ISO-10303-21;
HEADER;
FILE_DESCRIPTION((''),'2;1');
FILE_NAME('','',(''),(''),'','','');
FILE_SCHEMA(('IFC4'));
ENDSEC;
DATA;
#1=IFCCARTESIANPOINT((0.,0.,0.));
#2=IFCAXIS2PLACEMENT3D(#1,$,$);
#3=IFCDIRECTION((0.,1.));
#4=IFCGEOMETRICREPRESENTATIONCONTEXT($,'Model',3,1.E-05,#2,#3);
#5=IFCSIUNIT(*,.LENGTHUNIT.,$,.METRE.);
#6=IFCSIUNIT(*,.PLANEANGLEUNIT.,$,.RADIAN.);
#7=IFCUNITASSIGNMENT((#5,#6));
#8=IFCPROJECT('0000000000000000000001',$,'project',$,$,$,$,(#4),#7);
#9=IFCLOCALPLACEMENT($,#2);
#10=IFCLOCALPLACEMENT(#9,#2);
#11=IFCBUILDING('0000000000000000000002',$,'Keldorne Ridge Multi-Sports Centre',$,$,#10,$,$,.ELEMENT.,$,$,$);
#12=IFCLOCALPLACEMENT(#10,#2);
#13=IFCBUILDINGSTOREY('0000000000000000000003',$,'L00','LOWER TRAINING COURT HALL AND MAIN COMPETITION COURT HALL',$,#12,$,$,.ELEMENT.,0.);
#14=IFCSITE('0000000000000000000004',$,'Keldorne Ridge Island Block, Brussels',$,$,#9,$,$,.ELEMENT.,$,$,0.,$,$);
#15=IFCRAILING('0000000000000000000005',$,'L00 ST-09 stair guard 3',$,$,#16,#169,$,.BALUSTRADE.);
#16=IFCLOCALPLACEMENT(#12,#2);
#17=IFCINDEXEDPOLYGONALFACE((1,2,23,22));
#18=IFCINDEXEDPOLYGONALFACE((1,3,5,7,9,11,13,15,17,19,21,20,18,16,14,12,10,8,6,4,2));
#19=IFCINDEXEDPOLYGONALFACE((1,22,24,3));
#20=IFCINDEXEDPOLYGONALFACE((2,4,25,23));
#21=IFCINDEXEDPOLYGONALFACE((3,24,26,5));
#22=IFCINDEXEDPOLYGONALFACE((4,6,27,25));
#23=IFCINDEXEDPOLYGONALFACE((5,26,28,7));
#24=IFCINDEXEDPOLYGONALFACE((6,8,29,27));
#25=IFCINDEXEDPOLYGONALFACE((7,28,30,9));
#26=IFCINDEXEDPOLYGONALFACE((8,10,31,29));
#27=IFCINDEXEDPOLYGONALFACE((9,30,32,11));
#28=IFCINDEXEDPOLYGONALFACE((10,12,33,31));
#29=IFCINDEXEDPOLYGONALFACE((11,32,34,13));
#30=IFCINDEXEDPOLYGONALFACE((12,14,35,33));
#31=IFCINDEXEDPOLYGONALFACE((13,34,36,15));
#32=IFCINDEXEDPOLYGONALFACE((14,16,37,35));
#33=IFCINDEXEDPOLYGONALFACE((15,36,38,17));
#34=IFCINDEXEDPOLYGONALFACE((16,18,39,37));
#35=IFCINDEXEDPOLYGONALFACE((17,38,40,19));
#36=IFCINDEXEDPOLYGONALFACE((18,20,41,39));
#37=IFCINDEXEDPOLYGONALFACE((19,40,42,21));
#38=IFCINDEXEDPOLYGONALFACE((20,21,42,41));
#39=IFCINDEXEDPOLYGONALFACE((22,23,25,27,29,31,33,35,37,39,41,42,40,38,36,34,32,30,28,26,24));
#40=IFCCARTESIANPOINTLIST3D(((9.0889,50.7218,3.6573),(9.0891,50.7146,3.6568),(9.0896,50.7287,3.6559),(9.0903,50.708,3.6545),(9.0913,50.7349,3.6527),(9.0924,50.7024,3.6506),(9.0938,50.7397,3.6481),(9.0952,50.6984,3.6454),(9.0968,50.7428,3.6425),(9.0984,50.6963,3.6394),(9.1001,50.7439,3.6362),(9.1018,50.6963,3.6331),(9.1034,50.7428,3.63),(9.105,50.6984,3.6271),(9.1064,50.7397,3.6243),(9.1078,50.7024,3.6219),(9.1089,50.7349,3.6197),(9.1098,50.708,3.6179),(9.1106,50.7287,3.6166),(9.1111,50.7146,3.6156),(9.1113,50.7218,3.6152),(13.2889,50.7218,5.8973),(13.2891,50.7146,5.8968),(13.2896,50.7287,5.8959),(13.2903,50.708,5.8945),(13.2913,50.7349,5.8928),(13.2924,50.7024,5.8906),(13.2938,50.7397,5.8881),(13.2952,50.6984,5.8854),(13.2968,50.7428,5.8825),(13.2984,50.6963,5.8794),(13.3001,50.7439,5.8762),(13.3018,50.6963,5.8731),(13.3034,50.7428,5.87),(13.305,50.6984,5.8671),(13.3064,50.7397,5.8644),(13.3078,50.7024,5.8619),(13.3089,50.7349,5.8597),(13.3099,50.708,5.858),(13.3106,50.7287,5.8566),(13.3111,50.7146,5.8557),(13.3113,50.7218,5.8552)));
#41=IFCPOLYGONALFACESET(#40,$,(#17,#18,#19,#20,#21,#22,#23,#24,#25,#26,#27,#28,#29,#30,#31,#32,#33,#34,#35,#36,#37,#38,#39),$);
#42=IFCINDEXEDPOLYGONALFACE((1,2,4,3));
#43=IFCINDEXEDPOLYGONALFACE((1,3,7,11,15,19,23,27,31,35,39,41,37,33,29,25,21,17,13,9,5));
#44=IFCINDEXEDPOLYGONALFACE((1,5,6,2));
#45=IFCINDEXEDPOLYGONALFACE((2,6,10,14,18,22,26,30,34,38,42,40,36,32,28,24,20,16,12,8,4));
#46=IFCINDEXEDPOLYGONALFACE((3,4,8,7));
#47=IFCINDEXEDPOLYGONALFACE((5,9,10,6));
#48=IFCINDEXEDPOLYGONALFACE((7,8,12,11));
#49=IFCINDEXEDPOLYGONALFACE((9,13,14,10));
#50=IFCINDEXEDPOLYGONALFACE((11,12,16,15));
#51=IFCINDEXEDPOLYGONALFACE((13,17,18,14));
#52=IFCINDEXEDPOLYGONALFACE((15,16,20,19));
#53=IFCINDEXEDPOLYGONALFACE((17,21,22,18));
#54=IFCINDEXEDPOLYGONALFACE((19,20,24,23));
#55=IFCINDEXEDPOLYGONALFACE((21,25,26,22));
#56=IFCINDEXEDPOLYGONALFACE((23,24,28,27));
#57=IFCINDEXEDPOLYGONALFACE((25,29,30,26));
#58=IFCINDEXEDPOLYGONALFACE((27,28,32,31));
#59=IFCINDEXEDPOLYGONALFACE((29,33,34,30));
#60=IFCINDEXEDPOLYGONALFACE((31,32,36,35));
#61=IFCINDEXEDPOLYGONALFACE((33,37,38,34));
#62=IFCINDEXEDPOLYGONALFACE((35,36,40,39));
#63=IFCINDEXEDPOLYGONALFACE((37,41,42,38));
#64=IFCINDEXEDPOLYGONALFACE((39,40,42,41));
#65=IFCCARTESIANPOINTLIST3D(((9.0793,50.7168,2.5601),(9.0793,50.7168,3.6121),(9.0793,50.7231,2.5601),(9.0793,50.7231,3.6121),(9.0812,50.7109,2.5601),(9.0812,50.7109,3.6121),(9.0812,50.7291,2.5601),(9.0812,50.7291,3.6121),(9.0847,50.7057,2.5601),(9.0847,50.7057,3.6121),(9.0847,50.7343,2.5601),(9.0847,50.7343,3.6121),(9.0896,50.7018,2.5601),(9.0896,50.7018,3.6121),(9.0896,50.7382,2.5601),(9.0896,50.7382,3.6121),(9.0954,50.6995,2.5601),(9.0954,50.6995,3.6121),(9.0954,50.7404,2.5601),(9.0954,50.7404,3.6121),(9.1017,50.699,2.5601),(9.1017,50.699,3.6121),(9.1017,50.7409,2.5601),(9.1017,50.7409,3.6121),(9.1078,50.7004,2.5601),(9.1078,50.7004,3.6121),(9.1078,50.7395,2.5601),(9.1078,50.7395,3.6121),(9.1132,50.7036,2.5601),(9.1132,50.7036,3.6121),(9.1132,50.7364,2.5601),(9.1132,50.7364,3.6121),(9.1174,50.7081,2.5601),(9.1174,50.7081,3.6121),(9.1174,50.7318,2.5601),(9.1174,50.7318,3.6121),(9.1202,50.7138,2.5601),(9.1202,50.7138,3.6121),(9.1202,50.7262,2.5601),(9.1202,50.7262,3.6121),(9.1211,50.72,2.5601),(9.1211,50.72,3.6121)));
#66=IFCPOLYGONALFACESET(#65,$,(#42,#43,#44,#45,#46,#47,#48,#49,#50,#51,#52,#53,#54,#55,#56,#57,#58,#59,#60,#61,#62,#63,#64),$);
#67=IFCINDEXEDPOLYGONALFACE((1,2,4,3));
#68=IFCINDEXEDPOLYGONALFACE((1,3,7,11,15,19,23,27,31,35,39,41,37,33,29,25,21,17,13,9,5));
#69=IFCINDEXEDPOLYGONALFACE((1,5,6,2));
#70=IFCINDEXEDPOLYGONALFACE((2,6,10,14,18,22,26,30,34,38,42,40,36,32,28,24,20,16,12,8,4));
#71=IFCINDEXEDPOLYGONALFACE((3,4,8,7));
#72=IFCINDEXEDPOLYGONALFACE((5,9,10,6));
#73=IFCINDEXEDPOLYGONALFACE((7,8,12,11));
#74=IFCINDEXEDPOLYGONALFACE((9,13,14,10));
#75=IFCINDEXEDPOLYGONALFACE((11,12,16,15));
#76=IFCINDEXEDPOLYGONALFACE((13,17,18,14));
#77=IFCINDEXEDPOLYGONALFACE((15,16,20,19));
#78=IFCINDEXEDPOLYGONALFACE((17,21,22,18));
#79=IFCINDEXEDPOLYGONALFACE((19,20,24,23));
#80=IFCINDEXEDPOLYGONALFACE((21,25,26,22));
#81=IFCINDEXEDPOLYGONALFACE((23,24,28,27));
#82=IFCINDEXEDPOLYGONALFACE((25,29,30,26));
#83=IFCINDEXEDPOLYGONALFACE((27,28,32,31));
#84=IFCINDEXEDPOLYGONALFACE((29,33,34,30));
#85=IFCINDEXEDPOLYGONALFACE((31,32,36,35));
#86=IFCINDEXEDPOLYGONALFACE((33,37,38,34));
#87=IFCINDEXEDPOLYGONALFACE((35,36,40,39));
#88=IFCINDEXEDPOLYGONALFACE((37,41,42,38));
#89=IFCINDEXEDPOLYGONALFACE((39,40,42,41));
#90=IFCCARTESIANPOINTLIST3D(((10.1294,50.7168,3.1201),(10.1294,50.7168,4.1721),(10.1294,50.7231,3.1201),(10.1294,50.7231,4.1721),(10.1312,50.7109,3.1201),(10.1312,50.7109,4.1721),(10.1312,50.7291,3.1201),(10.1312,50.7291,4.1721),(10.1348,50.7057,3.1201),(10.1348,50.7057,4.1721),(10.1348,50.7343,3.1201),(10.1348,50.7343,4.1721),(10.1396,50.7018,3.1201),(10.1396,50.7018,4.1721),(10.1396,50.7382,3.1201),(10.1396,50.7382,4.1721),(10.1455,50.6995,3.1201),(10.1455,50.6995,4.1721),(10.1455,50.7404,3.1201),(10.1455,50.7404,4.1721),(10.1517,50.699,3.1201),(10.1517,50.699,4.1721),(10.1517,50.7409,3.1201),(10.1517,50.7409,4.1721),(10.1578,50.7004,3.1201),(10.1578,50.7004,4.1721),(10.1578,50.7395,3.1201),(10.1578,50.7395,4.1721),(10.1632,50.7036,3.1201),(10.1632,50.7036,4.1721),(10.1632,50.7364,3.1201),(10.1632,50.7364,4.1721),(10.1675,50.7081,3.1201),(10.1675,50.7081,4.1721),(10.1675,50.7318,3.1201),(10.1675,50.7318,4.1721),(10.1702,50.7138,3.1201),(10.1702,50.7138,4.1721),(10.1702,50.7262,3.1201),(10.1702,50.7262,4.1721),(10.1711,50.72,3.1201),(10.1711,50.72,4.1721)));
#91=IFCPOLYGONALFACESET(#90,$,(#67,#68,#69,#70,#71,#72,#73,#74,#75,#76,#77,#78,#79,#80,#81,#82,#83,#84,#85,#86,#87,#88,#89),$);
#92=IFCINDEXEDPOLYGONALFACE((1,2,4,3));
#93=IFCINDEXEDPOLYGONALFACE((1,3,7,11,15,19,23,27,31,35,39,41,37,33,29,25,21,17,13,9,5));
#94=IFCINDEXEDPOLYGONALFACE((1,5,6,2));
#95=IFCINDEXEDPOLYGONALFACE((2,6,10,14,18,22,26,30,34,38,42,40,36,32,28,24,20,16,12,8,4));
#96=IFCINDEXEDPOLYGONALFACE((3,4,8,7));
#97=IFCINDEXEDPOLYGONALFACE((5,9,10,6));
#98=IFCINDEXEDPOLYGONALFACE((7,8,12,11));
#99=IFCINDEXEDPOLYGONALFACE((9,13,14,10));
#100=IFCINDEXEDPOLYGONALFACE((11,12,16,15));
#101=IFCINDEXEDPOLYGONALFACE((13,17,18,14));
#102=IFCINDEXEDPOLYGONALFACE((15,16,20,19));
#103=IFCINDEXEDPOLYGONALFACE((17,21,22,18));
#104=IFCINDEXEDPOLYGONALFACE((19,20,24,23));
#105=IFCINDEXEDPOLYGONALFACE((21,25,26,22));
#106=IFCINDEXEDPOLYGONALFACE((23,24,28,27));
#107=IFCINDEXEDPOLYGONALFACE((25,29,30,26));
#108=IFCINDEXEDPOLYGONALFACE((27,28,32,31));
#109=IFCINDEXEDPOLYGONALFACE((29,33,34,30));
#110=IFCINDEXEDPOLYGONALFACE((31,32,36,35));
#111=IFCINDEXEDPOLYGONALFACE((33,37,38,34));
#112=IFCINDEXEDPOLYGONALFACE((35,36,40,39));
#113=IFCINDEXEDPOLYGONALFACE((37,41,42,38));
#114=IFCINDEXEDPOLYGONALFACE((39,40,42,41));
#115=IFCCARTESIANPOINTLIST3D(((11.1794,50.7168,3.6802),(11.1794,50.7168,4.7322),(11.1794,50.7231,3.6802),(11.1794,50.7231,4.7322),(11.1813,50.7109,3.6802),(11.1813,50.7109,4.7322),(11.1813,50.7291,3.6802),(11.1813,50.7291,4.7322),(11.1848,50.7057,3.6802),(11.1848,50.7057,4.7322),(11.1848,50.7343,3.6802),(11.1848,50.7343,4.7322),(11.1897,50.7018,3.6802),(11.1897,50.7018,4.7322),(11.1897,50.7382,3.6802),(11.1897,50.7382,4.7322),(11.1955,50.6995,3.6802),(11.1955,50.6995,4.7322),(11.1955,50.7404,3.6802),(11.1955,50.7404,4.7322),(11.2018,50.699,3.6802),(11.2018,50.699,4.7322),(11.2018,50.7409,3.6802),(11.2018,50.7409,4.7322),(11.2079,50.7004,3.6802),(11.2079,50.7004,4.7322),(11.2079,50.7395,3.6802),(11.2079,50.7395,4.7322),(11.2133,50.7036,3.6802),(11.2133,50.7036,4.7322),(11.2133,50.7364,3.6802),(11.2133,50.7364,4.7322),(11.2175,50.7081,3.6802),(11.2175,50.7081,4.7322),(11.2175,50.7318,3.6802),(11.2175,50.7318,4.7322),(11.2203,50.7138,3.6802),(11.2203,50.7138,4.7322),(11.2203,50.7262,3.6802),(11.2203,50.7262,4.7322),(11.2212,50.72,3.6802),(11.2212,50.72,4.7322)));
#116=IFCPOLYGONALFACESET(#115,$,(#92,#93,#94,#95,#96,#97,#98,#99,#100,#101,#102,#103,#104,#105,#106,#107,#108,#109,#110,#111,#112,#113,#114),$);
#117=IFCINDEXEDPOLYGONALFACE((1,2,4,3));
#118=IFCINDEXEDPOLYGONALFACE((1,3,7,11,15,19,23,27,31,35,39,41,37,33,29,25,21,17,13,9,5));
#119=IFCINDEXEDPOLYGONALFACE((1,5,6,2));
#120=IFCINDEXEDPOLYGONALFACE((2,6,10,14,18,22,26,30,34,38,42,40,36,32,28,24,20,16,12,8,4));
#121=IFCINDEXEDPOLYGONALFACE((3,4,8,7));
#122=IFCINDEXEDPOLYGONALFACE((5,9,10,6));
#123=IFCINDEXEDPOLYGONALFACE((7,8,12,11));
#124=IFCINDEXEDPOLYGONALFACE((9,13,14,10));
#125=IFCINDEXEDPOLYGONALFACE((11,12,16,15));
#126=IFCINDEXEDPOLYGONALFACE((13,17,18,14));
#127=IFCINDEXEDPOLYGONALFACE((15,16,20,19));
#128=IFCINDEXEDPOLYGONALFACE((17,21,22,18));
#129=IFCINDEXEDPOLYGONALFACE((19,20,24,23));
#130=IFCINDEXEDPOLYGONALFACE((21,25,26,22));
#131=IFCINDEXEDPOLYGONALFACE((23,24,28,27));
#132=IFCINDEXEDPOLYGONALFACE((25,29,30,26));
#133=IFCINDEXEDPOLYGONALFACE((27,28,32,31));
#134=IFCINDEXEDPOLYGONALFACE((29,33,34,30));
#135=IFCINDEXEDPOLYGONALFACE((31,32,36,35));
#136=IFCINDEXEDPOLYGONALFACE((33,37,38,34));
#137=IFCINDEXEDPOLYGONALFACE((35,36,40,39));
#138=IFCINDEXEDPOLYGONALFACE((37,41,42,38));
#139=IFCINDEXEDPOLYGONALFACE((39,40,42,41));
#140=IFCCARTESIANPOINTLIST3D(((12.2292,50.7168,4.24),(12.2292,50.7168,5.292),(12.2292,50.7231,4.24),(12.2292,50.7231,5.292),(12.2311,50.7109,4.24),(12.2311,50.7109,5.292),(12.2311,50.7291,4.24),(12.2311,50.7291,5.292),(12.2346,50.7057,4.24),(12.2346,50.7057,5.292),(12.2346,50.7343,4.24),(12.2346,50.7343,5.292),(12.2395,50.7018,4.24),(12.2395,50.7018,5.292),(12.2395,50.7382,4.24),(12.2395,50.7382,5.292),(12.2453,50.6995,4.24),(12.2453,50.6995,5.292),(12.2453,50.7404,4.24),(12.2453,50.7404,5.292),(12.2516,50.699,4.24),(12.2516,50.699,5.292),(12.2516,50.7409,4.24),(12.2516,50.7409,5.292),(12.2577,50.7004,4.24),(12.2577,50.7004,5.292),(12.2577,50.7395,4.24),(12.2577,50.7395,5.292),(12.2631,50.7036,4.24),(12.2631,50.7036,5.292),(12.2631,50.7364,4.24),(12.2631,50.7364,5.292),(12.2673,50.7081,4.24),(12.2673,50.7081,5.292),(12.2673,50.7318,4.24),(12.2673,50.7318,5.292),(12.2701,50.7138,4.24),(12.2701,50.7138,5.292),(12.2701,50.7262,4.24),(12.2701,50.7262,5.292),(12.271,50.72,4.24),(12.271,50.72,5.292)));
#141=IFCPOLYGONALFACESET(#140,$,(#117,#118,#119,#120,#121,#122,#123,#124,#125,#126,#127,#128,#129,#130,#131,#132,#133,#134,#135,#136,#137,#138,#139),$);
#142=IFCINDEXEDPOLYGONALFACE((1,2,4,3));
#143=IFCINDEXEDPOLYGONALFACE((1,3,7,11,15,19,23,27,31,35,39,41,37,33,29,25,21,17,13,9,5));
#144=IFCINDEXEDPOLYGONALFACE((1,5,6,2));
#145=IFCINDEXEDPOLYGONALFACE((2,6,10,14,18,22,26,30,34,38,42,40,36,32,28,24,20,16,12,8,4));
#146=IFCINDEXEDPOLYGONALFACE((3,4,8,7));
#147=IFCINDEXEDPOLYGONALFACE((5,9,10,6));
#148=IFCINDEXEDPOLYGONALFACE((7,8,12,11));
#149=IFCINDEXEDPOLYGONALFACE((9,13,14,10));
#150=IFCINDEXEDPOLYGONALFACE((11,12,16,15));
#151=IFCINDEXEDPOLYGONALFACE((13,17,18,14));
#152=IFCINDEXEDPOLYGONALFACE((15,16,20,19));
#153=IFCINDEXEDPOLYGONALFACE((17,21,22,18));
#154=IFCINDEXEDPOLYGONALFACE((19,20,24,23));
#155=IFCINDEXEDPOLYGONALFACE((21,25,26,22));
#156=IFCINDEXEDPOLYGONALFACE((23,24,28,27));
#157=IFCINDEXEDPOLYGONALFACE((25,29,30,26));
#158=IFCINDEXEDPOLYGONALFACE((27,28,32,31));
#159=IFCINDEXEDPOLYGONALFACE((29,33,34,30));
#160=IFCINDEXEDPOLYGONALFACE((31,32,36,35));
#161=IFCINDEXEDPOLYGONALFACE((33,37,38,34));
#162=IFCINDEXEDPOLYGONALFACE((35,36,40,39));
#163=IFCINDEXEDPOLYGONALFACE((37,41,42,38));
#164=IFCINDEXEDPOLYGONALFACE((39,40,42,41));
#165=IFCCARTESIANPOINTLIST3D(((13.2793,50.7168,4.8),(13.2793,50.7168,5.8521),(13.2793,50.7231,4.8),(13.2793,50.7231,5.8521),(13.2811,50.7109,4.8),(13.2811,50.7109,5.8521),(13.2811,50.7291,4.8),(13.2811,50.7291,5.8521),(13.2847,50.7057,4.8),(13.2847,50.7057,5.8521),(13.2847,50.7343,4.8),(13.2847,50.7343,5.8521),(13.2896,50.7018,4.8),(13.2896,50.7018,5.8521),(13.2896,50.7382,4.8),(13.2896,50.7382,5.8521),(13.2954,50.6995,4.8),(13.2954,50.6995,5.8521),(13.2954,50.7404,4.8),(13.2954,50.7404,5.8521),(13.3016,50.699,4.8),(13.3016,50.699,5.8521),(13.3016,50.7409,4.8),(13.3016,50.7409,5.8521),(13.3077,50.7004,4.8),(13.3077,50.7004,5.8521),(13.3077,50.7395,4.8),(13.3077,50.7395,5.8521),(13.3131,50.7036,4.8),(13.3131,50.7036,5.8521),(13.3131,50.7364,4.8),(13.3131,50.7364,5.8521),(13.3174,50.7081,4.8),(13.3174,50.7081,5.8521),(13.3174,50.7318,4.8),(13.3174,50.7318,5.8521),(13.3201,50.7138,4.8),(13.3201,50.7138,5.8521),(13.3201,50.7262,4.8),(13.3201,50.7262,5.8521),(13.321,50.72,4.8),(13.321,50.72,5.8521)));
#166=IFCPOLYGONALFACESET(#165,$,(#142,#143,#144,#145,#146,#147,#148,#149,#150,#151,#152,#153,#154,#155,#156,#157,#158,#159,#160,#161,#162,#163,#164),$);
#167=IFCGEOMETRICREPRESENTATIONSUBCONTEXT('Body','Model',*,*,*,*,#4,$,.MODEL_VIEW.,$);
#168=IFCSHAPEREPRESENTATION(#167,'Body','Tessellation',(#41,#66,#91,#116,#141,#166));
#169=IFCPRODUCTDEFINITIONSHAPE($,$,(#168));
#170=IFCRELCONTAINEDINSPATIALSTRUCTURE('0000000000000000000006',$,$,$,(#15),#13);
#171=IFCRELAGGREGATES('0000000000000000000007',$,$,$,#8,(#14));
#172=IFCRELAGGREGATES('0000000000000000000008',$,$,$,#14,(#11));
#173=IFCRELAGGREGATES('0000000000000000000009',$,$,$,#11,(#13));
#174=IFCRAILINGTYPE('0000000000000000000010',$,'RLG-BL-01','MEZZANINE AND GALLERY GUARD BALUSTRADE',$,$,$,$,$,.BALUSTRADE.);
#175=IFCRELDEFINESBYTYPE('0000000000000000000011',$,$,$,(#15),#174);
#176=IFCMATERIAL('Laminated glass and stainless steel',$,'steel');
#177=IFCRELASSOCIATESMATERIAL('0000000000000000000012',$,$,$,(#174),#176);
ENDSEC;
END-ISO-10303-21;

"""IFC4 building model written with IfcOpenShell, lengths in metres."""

from ifc_helpers import new_model, si_unit, direction, frame, origin, origin_2d, place, context, subcontext, project, spatial, circle, extrude, material, type_object, element, save


model = new_model("IFC4")

# Units and contexts
model_context = context("Model", 3, precision=1e-05, world=origin(), true_north=direction((0.0, 1.0)))
body_context = subcontext(model_context, "Body", "Model", "MODEL_VIEW")
ifc_project = project(units=[si_unit("LENGTHUNIT", "METRE"), si_unit("PLANEANGLEUNIT", "RADIAN")], contexts=[model_context])

# Site, building, storey
site_placement = place(None, origin())
site = spatial("IfcSite", under=ifc_project, at=site_placement, Name="Keldorne Ridge Island Block, Brussels", CompositionType="ELEMENT", RefElevation=0.0)
building_placement = place(site_placement, origin())
building = spatial("IfcBuilding", under=site, at=building_placement, Name="Keldorne Ridge Multi-Sports Centre", CompositionType="ELEMENT")
storey_placement = place(building_placement, origin())
storey = spatial("IfcBuildingStorey", under=building, at=storey_placement, Name="L00", Description="LOWER TRAINING COURT HALL AND MAIN COMPETITION COURT HALL", CompositionType="ELEMENT", Elevation=0.0)

# Railing
ifc_material_1 = material(Name="Laminated glass and stainless steel", Category="steel")
railing_type_1 = type_object("IfcRailingType", Name="RLG-BL-01", Description="MEZZANINE AND GALLERY GUARD BALUSTRADE", PredefinedType="BALUSTRADE", material=ifc_material_1)
railing_1_placement = place(storey_placement, frame((9.1001, 50.72, 2.5601)))
element("IfcRailing", 1, at=railing_1_placement, inside=storey, type_object=railing_type_1, Name="L00 ST-09 stair guard 3", PredefinedType="BALUSTRADE", context=body_context, shape_type="SweptSolid", body=[
    extrude(circle(Radius=0.0239, at=origin_2d()), frame((0.0, 0.0, 1.0762), z_axis=(0.882352, 0.0, 0.470591), x_axis=(0.0, 1.0, 0.0)), (0.0, 0.0, 1.0), 4.76),
    extrude(circle(Radius=0.021, at=origin_2d()), origin(), (0.0, 0.0, 1.0), 1.052),
    extrude(circle(Radius=0.021, at=origin_2d()), frame((1.05, 0.0, 0.5601)), (0.0, 0.0, 1.0), 1.052),
    extrude(circle(Radius=0.021, at=origin_2d()), frame((2.1001, 0.0, 1.1201)), (0.0, 0.0, 1.0), 1.052),
    extrude(circle(Radius=0.021, at=origin_2d()), frame((3.1499, 0.0, 1.6799)), (0.0, 0.0, 1.0), 1.052),
    extrude(circle(Radius=0.021, at=origin_2d()), frame((4.2, 0.0, 2.24)), (0.0, 0.0, 1.0), 1.052),
])

save(model, "model.ifc")
